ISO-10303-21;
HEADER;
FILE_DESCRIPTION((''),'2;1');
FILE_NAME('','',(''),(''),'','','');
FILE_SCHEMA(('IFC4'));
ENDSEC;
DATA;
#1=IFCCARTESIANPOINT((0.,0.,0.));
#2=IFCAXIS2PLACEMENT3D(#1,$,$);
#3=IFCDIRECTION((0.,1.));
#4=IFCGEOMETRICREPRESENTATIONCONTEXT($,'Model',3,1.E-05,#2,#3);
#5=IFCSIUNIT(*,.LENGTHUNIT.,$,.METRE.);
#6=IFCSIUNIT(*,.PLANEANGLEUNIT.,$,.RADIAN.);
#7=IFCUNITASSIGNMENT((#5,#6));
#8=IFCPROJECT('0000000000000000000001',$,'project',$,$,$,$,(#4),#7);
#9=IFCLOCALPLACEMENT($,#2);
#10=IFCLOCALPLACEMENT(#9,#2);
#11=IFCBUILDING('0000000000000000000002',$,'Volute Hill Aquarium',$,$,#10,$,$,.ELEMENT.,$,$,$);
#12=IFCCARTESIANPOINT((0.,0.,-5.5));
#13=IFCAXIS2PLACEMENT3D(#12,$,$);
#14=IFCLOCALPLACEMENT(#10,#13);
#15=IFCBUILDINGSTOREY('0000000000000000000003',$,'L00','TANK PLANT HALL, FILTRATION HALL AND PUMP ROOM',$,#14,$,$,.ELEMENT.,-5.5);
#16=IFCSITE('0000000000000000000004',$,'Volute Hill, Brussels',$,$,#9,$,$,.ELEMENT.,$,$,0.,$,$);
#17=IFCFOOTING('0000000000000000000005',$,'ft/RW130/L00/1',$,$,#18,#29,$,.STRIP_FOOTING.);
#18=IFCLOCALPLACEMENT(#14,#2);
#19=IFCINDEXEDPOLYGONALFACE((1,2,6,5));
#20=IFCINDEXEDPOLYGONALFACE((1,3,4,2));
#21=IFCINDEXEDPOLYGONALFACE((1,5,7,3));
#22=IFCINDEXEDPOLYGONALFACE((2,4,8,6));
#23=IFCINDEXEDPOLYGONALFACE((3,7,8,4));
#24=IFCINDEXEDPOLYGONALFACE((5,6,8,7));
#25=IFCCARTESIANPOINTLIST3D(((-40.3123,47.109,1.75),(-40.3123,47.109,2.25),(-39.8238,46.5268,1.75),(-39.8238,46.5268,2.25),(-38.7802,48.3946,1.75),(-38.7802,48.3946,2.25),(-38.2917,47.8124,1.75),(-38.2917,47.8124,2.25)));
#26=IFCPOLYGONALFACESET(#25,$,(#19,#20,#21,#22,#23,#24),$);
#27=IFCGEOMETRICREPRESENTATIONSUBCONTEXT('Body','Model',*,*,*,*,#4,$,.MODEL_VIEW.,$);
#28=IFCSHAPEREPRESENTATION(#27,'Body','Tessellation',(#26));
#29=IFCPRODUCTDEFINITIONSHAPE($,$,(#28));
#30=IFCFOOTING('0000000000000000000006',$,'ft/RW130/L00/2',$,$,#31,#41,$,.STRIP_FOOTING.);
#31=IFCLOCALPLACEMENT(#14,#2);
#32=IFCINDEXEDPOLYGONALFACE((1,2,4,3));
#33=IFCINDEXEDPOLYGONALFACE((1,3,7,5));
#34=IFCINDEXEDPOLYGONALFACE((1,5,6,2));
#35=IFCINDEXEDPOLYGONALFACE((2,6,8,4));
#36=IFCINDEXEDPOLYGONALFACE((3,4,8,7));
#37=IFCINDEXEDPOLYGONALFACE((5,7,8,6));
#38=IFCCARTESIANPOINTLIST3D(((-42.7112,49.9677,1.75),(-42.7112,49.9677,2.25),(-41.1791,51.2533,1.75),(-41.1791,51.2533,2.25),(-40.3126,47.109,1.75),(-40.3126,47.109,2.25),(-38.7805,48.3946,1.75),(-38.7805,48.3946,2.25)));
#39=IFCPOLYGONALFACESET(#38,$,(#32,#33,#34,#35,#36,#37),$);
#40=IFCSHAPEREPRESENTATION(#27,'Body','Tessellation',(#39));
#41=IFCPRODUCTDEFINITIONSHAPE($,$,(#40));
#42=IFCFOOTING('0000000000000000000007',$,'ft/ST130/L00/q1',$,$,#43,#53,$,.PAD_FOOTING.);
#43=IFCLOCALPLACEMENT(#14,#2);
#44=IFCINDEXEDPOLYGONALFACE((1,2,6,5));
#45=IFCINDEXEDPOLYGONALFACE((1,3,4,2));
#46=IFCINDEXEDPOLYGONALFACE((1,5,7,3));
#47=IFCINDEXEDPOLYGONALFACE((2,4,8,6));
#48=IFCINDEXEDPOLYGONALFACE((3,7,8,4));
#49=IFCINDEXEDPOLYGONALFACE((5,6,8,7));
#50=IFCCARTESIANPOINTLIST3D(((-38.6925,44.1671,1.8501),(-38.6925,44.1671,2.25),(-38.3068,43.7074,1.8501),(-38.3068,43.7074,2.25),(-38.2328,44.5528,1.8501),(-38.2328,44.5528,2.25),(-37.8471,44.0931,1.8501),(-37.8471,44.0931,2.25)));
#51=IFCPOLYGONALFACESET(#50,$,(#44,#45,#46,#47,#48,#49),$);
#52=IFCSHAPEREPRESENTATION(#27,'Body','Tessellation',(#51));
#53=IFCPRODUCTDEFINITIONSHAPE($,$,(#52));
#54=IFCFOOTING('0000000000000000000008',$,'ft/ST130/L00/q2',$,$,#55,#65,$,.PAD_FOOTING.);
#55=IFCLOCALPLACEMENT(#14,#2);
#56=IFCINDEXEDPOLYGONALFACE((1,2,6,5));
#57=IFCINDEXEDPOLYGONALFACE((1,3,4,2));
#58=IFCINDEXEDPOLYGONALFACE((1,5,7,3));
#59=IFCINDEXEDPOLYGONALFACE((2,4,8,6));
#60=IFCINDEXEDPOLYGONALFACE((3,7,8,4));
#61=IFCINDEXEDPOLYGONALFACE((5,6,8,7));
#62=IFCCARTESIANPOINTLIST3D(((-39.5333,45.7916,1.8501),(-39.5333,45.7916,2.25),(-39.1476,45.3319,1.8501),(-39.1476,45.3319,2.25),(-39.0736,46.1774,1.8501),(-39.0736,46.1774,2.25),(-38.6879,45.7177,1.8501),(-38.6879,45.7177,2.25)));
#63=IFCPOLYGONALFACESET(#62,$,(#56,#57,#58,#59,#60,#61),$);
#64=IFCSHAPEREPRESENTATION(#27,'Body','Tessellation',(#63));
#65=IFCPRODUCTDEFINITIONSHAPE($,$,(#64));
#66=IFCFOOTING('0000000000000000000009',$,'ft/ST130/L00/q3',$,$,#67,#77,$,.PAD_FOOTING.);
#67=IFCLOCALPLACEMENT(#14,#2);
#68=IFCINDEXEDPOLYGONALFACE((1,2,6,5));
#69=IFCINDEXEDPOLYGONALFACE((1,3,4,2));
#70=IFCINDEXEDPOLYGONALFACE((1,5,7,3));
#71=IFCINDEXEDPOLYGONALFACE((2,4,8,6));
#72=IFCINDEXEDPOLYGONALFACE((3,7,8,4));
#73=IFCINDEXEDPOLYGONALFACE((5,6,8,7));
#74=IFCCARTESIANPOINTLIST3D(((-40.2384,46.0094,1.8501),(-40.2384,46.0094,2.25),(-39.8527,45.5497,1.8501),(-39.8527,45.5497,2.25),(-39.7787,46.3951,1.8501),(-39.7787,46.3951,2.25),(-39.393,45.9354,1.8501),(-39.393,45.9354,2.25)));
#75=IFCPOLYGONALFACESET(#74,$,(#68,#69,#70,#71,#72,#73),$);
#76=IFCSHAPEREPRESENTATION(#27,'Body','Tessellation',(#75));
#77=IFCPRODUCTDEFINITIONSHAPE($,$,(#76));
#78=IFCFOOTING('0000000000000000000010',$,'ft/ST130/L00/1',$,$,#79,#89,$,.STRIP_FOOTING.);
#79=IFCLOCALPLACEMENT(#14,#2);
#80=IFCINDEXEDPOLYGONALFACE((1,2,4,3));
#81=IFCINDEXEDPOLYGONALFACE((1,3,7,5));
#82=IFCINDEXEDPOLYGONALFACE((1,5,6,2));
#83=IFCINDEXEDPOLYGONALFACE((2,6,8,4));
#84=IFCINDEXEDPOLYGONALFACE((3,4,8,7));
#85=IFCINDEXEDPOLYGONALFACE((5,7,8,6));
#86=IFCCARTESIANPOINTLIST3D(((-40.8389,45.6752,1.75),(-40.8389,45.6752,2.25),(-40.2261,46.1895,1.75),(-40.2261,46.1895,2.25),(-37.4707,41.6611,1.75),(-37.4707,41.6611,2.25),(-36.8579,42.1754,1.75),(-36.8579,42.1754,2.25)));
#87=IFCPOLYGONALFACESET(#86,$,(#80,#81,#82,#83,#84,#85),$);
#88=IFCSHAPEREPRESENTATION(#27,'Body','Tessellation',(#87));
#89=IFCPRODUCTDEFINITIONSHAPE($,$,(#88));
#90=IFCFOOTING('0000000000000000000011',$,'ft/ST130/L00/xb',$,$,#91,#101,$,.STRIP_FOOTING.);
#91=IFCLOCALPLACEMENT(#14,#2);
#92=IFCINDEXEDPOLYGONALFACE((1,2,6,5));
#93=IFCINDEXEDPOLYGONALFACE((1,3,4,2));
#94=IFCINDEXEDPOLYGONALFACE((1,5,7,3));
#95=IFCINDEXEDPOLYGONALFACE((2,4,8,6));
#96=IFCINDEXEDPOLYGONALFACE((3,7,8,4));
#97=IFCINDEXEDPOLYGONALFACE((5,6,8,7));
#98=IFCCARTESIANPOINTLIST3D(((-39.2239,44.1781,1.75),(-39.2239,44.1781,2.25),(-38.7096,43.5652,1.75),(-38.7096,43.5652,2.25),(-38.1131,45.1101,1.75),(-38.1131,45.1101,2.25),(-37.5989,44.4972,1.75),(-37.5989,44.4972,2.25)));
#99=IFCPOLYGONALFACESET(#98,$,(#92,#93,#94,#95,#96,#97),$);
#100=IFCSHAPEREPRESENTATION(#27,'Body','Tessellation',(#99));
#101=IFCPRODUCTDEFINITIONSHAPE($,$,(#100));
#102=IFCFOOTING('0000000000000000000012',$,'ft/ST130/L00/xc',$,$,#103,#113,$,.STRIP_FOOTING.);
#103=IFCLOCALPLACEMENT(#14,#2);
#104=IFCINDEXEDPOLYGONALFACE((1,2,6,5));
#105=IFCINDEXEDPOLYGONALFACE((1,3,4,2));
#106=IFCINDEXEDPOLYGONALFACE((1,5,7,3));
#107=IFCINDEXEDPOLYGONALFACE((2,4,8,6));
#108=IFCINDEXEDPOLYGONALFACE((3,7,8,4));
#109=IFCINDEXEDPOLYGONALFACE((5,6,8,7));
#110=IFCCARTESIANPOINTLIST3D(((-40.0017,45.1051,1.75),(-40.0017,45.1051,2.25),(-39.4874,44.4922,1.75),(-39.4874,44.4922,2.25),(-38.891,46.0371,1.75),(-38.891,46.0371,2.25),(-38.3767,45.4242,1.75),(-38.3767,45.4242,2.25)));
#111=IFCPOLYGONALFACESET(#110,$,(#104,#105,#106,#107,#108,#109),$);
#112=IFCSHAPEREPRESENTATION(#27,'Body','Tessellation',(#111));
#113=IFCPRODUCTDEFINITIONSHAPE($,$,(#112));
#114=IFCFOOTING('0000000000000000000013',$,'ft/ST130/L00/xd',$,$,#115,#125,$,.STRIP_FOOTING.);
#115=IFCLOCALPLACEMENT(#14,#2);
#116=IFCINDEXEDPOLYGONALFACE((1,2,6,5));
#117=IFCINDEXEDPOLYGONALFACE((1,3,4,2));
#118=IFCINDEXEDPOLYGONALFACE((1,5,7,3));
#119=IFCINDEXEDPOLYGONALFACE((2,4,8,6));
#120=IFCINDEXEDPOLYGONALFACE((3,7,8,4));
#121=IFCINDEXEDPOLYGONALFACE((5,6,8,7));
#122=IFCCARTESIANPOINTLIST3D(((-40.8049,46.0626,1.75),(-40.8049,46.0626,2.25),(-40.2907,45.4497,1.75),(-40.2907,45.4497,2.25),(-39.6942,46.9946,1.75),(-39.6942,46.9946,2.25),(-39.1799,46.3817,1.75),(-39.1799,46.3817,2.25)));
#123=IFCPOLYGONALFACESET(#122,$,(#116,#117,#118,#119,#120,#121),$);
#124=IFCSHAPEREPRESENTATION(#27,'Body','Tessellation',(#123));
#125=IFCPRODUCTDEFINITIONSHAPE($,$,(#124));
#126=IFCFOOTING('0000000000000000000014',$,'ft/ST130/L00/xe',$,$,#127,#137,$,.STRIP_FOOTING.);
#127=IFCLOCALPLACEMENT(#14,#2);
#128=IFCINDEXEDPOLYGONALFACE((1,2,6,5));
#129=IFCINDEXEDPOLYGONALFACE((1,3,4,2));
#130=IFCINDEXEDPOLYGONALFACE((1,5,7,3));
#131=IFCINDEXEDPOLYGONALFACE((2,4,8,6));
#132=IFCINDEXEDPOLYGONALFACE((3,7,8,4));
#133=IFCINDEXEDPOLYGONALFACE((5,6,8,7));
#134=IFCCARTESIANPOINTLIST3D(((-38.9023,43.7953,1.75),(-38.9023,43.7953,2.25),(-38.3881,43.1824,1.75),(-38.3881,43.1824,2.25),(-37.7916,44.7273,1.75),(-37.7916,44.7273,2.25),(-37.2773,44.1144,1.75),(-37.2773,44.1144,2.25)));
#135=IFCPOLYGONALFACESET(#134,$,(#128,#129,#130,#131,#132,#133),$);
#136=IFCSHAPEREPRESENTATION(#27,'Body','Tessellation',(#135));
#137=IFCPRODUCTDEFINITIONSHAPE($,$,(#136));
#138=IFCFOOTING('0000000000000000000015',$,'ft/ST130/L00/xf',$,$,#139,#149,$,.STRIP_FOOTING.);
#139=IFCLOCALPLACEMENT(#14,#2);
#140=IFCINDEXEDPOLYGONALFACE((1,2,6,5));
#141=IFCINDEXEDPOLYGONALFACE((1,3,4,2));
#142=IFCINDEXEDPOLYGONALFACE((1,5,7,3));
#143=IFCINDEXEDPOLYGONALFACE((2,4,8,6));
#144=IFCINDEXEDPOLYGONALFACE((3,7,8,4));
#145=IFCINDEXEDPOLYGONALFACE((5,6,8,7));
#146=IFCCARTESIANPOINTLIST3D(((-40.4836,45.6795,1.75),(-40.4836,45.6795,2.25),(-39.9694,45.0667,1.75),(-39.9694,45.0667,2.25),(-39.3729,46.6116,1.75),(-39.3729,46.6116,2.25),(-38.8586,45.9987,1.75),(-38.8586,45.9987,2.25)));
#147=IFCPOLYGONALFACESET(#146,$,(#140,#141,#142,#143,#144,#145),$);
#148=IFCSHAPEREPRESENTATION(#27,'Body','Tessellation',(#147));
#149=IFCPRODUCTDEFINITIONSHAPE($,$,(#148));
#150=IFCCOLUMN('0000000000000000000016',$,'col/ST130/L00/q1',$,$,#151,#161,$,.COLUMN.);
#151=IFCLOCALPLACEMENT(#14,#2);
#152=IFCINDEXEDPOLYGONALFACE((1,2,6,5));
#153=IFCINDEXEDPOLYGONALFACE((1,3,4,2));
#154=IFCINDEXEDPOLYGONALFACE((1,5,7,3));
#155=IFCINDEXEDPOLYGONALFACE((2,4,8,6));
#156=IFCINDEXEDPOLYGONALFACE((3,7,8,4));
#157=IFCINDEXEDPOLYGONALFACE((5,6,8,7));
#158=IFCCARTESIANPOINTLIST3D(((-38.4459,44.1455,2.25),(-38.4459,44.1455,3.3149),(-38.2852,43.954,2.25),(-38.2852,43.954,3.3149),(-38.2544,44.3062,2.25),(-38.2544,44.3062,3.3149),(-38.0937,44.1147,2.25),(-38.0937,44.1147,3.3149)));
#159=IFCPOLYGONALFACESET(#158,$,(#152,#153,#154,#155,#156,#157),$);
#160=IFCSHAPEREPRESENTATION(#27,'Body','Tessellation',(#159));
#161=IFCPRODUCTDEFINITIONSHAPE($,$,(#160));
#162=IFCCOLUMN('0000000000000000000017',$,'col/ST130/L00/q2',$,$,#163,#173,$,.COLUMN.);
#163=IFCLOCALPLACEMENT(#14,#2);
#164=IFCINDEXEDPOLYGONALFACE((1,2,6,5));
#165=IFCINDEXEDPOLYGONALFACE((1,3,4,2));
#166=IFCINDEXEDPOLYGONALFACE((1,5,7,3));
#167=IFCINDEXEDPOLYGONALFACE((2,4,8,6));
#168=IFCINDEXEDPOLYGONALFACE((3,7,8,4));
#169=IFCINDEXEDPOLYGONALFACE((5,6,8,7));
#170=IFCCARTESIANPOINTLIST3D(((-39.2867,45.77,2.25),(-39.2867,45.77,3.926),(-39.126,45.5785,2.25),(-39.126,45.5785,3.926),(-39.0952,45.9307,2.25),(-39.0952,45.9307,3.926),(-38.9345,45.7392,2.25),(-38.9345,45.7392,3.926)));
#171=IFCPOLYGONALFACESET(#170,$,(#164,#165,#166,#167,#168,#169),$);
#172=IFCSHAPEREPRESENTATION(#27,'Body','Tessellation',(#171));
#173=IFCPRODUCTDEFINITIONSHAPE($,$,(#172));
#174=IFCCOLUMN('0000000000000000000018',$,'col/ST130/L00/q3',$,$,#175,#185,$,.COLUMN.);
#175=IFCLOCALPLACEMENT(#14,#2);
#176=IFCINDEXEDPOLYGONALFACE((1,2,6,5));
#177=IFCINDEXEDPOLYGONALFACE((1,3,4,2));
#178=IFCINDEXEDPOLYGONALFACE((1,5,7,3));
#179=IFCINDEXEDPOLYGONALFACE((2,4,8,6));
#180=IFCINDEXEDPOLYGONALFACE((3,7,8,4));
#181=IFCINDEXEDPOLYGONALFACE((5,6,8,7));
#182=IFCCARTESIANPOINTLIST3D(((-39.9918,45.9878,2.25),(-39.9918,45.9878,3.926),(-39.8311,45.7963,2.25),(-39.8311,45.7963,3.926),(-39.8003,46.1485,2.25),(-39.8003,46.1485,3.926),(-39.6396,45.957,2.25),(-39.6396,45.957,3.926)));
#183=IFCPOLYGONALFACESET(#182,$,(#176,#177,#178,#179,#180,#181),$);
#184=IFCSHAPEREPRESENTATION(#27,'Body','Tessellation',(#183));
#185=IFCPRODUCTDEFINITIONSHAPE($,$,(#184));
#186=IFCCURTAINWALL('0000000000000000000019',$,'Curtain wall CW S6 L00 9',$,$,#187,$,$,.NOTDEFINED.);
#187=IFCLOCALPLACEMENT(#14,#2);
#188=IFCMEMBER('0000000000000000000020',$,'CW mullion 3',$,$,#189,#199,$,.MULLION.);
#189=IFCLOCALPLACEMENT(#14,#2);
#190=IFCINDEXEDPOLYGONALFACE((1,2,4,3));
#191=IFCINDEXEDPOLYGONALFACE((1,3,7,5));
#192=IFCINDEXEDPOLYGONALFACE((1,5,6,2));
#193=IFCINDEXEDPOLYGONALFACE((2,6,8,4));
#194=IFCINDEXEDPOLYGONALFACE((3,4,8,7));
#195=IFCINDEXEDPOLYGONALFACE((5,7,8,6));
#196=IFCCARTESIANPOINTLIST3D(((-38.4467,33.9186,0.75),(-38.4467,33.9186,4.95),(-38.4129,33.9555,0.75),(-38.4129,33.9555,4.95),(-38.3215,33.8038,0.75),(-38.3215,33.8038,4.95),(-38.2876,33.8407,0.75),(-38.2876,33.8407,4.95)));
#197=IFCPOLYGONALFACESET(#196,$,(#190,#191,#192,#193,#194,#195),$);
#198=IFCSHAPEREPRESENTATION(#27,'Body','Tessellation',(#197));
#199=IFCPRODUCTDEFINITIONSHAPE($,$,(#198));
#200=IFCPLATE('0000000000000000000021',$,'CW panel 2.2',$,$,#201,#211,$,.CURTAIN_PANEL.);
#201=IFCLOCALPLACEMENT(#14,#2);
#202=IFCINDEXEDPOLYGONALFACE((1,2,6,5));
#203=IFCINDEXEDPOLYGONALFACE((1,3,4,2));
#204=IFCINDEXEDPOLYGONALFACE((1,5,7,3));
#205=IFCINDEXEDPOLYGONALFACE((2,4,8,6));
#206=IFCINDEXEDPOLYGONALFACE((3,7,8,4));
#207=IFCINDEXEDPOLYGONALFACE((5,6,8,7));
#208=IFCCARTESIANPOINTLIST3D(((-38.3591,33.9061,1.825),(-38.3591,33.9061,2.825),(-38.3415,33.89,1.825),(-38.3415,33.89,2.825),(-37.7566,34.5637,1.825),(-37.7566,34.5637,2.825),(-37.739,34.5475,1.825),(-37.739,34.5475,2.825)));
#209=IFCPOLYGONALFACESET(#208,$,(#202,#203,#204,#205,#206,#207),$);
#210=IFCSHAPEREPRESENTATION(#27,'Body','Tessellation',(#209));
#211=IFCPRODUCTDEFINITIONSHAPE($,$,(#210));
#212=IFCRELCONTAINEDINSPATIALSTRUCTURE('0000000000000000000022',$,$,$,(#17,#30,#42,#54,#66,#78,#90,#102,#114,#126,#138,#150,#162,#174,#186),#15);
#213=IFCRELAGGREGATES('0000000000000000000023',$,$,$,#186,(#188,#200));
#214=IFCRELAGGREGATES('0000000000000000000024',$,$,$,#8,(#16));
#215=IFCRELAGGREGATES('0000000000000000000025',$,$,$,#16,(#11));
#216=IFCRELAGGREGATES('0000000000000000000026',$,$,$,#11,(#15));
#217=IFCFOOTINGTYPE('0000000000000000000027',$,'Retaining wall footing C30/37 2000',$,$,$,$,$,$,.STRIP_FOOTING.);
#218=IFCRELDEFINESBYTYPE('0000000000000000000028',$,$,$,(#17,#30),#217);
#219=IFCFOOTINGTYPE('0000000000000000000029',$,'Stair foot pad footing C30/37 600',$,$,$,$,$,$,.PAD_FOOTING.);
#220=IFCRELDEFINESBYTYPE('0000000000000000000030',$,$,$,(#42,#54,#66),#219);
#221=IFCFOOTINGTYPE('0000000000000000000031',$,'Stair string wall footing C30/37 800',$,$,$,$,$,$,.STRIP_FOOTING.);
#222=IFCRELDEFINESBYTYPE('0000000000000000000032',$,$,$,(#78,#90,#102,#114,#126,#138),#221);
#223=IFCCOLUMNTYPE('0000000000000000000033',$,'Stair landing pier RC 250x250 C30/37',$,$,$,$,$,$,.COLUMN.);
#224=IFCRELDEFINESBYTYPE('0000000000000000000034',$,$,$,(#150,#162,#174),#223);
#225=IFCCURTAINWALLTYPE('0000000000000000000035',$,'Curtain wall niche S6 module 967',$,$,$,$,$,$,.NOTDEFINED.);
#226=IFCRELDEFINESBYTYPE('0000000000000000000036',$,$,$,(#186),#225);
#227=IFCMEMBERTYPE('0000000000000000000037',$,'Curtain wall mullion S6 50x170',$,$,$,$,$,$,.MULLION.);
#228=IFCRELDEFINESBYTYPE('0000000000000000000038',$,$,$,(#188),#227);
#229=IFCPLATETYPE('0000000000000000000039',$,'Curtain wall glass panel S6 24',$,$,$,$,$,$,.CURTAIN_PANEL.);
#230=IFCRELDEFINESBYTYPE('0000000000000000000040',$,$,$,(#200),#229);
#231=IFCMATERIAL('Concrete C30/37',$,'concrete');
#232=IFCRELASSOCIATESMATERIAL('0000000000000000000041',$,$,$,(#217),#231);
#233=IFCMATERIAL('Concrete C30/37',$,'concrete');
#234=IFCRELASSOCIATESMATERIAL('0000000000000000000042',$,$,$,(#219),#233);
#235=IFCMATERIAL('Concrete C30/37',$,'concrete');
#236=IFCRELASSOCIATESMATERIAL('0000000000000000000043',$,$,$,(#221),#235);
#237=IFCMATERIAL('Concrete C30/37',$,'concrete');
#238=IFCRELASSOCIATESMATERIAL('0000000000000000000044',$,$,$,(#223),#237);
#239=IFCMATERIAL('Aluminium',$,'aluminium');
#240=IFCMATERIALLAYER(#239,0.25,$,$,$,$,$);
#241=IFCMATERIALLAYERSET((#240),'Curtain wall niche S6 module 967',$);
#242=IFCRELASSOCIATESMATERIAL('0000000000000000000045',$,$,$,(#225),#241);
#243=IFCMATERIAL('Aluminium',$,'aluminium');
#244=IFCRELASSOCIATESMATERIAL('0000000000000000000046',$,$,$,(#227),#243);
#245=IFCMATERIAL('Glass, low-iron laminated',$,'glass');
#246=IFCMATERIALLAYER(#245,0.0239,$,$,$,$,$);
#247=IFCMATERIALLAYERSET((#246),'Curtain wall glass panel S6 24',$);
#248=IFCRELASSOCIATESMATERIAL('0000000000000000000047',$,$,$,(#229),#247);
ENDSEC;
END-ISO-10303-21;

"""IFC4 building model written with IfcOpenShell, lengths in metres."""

from ifc_helpers import new_model, si_unit, direction, frame, origin, origin_2d, place, context, subcontext, project, spatial, rectangle, extrude, material, layer, layer_set, material_profile, profile_set, type_object, element, aggregate, save


model = new_model("IFC4")

# Units and contexts
model_context = context("Model", 3, precision=1e-05, world=origin(), true_north=direction((0.0, 1.0)))
body_context = subcontext(model_context, "Body", "Model", "MODEL_VIEW")
ifc_project = project(units=[si_unit("LENGTHUNIT", "METRE"), si_unit("PLANEANGLEUNIT", "RADIAN")], contexts=[model_context])

# Site, building, storey
site_placement = place(None, origin())
site = spatial("IfcSite", under=ifc_project, at=site_placement, Name="Volute Hill, Brussels", CompositionType="ELEMENT", RefElevation=0.0)
building_placement = place(site_placement, origin())
building = spatial("IfcBuilding", under=site, at=building_placement, Name="Volute Hill Aquarium", CompositionType="ELEMENT")
storey_placement = place(building_placement, frame((0.0, 0.0, -5.5)))
storey = spatial("IfcBuildingStorey", under=building, at=storey_placement, Name="L00", Description="TANK PLANT HALL, FILTRATION HALL AND PUMP ROOM", CompositionType="ELEMENT", Elevation=-5.5)

# Footings
ifc_material_1 = material(Name="Concrete C30/37", Category="concrete")
footing_type_1 = type_object("IfcFootingType", Name="Retaining wall footing C30/37 2000", PredefinedType="STRIP_FOOTING", material=ifc_material_1)
footing_1_placement = place(storey_placement, frame((-39.302, 47.4607, 1.75), z_axis=(0.0, 0.0, 1.0), x_axis=(-0.642788, 0.766044, 0.0)))
element("IfcFooting", 1, at=footing_1_placement, inside=storey, type_object=footing_type_1, Name="ft/RW130/L00/1", PredefinedType="STRIP_FOOTING", context=body_context, shape_type="SweptSolid", body=[
    extrude(rectangle(XDim=0.76, YDim=2.0, at=origin_2d()), origin(), (0.0, 0.0, 1.0), 0.5),
])
footing_2_placement = place(storey_placement, frame((-40.7458, 49.1812, 1.75), z_axis=(0.0, 0.0, 1.0), x_axis=(-0.642788, 0.766044, 0.0)))
element("IfcFooting", 2, at=footing_2_placement, inside=storey, type_object=footing_type_1, Name="ft/RW130/L00/2", PredefinedType="STRIP_FOOTING", context=body_context, shape_type="SweptSolid", body=[
    extrude(rectangle(XDim=3.7317, YDim=2.0, at=origin_2d()), origin(), (0.0, 0.0, 1.0), 0.5),
])
ifc_material_2 = material(Name="Concrete C30/37", Category="concrete")
footing_type_2 = type_object("IfcFootingType", Name="Stair foot pad footing C30/37 600", PredefinedType="PAD_FOOTING", material=ifc_material_2)
for number, where, z_axis, x_axis, name in (
    (3, (-38.2698, 44.1301, 1.8501), (0.0, 0.0, 1.0), (-0.642788, 0.766044, 0.0), "ft/ST130/L00/q1"),
    (4, (-39.1106, 45.7546, 1.8501), (0.0, 0.0, 1.0), (-0.642788, 0.766044, 0.0), "ft/ST130/L00/q2"),
    (5, (-39.8157, 45.9724, 1.8501), (0.0, 0.0, 1.0), (-0.642788, 0.766044, 0.0), "ft/ST130/L00/q3"),
):
    element("IfcFooting", number, at=place(storey_placement, frame(where, z_axis=z_axis, x_axis=x_axis)), inside=storey, type_object=footing_type_2, Name=name, PredefinedType="PAD_FOOTING", context=body_context, shape_type="SweptSolid", body=[
        extrude(rectangle(XDim=0.6001, YDim=0.6001, at=origin_2d()), origin(), (0.0, 0.0, 1.0), 0.3999),
    ])
ifc_material_3 = material(Name="Concrete C30/37", Category="concrete")
footing_type_3 = type_object("IfcFootingType", Name="Stair string wall footing C30/37 800", PredefinedType="STRIP_FOOTING", material=ifc_material_3)
footing_3_placement = place(storey_placement, frame((-38.8484, 43.9253, 1.75), z_axis=(0.0, 0.0, 1.0), x_axis=(-0.642788, 0.766044, 0.0)))
element("IfcFooting", 6, at=footing_3_placement, inside=storey, type_object=footing_type_3, Name="ft/ST130/L00/1", PredefinedType="STRIP_FOOTING", context=body_context, shape_type="SweptSolid", body=[
    extrude(rectangle(XDim=5.24, YDim=0.8, at=origin_2d()), origin(), (0.0, 0.0, 1.0), 0.5),
])
for number, where, z_axis, x_axis, name in (
    (7, (-38.4114, 44.3376, 1.75), (0.0, 0.0, 1.0), (-0.766044, -0.642788, 0.0), "ft/ST130/L00/xb"),
    (8, (-39.1892, 45.2646, 1.75), (0.0, 0.0, 1.0), (-0.766044, -0.642788, 0.0), "ft/ST130/L00/xc"),
    (9, (-39.9924, 46.2222, 1.75), (0.0, 0.0, 1.0), (-0.766044, -0.642788, 0.0), "ft/ST130/L00/xd"),
    (10, (-38.0898, 43.9548, 1.75), (0.0, 0.0, 1.0), (-0.766044, -0.642788, 0.0), "ft/ST130/L00/xe"),
    (11, (-39.6711, 45.8391, 1.75), (0.0, 0.0, 1.0), (-0.766044, -0.642788, 0.0), "ft/ST130/L00/xf"),
):
    element("IfcFooting", number, at=place(storey_placement, frame(where, z_axis=z_axis, x_axis=x_axis)), inside=storey, type_object=footing_type_3, Name=name, PredefinedType="STRIP_FOOTING", context=body_context, shape_type="SweptSolid", body=[
        extrude(rectangle(XDim=1.45, YDim=0.8, at=origin_2d()), origin(), (0.0, 0.0, 1.0), 0.5),
    ])

# Columns
ifc_material_4 = material(Name="Concrete C30/37", Category="concrete")
ifc_material_profile_1 = material_profile(ifc_material_4, rectangle(XDim=0.25, YDim=0.25, at=origin_2d()), Name="RC pier 250x250")
ifc_profile_set_1 = profile_set([ifc_material_profile_1], Name="Concrete C30/37")
column_type = type_object("IfcColumnType", Name="Stair landing pier RC 250x250 C30/37", PredefinedType="COLUMN", material=ifc_profile_set_1)
column_placement = place(storey_placement, frame((-38.2698, 44.1301, 2.25), z_axis=(0.0, 0.0, 1.0), x_axis=(-0.642788, 0.766044, 0.0)))
element("IfcColumn", 12, at=column_placement, inside=storey, type_object=column_type, Name="col/ST130/L00/q1", PredefinedType="COLUMN", context=body_context, shape_type="SweptSolid", body=[
    extrude(rectangle(XDim=0.25, YDim=0.25, at=origin_2d()), origin(), (0.0, 0.0, 1.0), 1.0649),
])
for number, where, z_axis, x_axis, name in (
    (13, (-39.1106, 45.7546, 2.25), (0.0, 0.0, 1.0), (-0.642788, 0.766044, 0.0), "col/ST130/L00/q2"),
    (14, (-39.8157, 45.9724, 2.25), (0.0, 0.0, 1.0), (-0.642788, 0.766044, 0.0), "col/ST130/L00/q3"),
):
    element("IfcColumn", number, at=place(storey_placement, frame(where, z_axis=z_axis, x_axis=x_axis)), inside=storey, type_object=column_type, Name=name, PredefinedType="COLUMN", context=body_context, shape_type="SweptSolid", body=[
        extrude(rectangle(XDim=0.25, YDim=0.25, at=origin_2d()), origin(), (0.0, 0.0, 1.0), 1.676),
    ])

# Curtain wall, member, plate
ifc_material_5 = material(Name="Aluminium", Category="aluminium")
ifc_layer_1 = layer(ifc_material_5, 0.25)
ifc_layer_set_1 = layer_set([ifc_layer_1], Name="Curtain wall niche S6 module 967")
curtain_wall_type = type_object("IfcCurtainWallType", Name="Curtain wall niche S6 module 967", PredefinedType="NOTDEFINED", material=ifc_layer_set_1)
curtain_wall_placement = place(storey_placement, origin())
curtain_wall = element("IfcCurtainWall", 15, at=curtain_wall_placement, inside=storey, type_object=curtain_wall_type, Name="Curtain wall CW S6 L00 9", PredefinedType="NOTDEFINED")
ifc_material_6 = material(Name="Aluminium", Category="aluminium")
ifc_material_profile_2 = material_profile(ifc_material_6, rectangle(XDim=0.1699, YDim=0.05, at=origin_2d()), Name="Curtain wall mullion S6 50x170")
ifc_profile_set_2 = profile_set([ifc_material_profile_2], Name="Aluminium")
member_type = type_object("IfcMemberType", Name="Curtain wall mullion S6 50x170", PredefinedType="MULLION", material=ifc_profile_set_2)
member_placement = place(storey_placement, frame((-38.3672, 33.8796, 0.75), z_axis=(0.0, 0.0, 1.0), x_axis=(0.737285, -0.675582, 0.0)))
member = element("IfcMember", 16, at=member_placement, type_object=member_type, Name="CW mullion 3", PredefinedType="MULLION", context=body_context, shape_type="SweptSolid", body=[
    extrude(rectangle(XDim=0.1699, YDim=0.05, at=origin_2d()), origin(), (0.0, 0.0, 1.0), 4.2),
])
ifc_material_7 = material(Name="Glass, low-iron laminated", Category="glass")
ifc_layer_2 = layer(ifc_material_7, 0.0239)
ifc_layer_set_2 = layer_set([ifc_layer_2], Name="Curtain wall glass panel S6 24")
plate_type_1 = type_object("IfcPlateType", Name="Curtain wall glass panel S6 24", PredefinedType="CURTAIN_PANEL", material=ifc_layer_set_2)
plate_1_placement = place(storey_placement, frame((-38.0491, 34.2268, 1.825), z_axis=(0.0, 0.0, 1.0), x_axis=(-0.675582, -0.737285, 0.0)))
plate_1 = element("IfcPlate", 17, at=plate_1_placement, type_object=plate_type_1, Name="CW panel 2.2", PredefinedType="CURTAIN_PANEL", context=body_context, shape_type="SweptSolid", body=[
    extrude(rectangle(XDim=0.8918, YDim=0.0239, at=origin_2d()), origin(), (0.0, 0.0, 1.0), 1.0),
])
aggregate(curtain_wall, [member, plate_1])

save(model, "model.ifc")
